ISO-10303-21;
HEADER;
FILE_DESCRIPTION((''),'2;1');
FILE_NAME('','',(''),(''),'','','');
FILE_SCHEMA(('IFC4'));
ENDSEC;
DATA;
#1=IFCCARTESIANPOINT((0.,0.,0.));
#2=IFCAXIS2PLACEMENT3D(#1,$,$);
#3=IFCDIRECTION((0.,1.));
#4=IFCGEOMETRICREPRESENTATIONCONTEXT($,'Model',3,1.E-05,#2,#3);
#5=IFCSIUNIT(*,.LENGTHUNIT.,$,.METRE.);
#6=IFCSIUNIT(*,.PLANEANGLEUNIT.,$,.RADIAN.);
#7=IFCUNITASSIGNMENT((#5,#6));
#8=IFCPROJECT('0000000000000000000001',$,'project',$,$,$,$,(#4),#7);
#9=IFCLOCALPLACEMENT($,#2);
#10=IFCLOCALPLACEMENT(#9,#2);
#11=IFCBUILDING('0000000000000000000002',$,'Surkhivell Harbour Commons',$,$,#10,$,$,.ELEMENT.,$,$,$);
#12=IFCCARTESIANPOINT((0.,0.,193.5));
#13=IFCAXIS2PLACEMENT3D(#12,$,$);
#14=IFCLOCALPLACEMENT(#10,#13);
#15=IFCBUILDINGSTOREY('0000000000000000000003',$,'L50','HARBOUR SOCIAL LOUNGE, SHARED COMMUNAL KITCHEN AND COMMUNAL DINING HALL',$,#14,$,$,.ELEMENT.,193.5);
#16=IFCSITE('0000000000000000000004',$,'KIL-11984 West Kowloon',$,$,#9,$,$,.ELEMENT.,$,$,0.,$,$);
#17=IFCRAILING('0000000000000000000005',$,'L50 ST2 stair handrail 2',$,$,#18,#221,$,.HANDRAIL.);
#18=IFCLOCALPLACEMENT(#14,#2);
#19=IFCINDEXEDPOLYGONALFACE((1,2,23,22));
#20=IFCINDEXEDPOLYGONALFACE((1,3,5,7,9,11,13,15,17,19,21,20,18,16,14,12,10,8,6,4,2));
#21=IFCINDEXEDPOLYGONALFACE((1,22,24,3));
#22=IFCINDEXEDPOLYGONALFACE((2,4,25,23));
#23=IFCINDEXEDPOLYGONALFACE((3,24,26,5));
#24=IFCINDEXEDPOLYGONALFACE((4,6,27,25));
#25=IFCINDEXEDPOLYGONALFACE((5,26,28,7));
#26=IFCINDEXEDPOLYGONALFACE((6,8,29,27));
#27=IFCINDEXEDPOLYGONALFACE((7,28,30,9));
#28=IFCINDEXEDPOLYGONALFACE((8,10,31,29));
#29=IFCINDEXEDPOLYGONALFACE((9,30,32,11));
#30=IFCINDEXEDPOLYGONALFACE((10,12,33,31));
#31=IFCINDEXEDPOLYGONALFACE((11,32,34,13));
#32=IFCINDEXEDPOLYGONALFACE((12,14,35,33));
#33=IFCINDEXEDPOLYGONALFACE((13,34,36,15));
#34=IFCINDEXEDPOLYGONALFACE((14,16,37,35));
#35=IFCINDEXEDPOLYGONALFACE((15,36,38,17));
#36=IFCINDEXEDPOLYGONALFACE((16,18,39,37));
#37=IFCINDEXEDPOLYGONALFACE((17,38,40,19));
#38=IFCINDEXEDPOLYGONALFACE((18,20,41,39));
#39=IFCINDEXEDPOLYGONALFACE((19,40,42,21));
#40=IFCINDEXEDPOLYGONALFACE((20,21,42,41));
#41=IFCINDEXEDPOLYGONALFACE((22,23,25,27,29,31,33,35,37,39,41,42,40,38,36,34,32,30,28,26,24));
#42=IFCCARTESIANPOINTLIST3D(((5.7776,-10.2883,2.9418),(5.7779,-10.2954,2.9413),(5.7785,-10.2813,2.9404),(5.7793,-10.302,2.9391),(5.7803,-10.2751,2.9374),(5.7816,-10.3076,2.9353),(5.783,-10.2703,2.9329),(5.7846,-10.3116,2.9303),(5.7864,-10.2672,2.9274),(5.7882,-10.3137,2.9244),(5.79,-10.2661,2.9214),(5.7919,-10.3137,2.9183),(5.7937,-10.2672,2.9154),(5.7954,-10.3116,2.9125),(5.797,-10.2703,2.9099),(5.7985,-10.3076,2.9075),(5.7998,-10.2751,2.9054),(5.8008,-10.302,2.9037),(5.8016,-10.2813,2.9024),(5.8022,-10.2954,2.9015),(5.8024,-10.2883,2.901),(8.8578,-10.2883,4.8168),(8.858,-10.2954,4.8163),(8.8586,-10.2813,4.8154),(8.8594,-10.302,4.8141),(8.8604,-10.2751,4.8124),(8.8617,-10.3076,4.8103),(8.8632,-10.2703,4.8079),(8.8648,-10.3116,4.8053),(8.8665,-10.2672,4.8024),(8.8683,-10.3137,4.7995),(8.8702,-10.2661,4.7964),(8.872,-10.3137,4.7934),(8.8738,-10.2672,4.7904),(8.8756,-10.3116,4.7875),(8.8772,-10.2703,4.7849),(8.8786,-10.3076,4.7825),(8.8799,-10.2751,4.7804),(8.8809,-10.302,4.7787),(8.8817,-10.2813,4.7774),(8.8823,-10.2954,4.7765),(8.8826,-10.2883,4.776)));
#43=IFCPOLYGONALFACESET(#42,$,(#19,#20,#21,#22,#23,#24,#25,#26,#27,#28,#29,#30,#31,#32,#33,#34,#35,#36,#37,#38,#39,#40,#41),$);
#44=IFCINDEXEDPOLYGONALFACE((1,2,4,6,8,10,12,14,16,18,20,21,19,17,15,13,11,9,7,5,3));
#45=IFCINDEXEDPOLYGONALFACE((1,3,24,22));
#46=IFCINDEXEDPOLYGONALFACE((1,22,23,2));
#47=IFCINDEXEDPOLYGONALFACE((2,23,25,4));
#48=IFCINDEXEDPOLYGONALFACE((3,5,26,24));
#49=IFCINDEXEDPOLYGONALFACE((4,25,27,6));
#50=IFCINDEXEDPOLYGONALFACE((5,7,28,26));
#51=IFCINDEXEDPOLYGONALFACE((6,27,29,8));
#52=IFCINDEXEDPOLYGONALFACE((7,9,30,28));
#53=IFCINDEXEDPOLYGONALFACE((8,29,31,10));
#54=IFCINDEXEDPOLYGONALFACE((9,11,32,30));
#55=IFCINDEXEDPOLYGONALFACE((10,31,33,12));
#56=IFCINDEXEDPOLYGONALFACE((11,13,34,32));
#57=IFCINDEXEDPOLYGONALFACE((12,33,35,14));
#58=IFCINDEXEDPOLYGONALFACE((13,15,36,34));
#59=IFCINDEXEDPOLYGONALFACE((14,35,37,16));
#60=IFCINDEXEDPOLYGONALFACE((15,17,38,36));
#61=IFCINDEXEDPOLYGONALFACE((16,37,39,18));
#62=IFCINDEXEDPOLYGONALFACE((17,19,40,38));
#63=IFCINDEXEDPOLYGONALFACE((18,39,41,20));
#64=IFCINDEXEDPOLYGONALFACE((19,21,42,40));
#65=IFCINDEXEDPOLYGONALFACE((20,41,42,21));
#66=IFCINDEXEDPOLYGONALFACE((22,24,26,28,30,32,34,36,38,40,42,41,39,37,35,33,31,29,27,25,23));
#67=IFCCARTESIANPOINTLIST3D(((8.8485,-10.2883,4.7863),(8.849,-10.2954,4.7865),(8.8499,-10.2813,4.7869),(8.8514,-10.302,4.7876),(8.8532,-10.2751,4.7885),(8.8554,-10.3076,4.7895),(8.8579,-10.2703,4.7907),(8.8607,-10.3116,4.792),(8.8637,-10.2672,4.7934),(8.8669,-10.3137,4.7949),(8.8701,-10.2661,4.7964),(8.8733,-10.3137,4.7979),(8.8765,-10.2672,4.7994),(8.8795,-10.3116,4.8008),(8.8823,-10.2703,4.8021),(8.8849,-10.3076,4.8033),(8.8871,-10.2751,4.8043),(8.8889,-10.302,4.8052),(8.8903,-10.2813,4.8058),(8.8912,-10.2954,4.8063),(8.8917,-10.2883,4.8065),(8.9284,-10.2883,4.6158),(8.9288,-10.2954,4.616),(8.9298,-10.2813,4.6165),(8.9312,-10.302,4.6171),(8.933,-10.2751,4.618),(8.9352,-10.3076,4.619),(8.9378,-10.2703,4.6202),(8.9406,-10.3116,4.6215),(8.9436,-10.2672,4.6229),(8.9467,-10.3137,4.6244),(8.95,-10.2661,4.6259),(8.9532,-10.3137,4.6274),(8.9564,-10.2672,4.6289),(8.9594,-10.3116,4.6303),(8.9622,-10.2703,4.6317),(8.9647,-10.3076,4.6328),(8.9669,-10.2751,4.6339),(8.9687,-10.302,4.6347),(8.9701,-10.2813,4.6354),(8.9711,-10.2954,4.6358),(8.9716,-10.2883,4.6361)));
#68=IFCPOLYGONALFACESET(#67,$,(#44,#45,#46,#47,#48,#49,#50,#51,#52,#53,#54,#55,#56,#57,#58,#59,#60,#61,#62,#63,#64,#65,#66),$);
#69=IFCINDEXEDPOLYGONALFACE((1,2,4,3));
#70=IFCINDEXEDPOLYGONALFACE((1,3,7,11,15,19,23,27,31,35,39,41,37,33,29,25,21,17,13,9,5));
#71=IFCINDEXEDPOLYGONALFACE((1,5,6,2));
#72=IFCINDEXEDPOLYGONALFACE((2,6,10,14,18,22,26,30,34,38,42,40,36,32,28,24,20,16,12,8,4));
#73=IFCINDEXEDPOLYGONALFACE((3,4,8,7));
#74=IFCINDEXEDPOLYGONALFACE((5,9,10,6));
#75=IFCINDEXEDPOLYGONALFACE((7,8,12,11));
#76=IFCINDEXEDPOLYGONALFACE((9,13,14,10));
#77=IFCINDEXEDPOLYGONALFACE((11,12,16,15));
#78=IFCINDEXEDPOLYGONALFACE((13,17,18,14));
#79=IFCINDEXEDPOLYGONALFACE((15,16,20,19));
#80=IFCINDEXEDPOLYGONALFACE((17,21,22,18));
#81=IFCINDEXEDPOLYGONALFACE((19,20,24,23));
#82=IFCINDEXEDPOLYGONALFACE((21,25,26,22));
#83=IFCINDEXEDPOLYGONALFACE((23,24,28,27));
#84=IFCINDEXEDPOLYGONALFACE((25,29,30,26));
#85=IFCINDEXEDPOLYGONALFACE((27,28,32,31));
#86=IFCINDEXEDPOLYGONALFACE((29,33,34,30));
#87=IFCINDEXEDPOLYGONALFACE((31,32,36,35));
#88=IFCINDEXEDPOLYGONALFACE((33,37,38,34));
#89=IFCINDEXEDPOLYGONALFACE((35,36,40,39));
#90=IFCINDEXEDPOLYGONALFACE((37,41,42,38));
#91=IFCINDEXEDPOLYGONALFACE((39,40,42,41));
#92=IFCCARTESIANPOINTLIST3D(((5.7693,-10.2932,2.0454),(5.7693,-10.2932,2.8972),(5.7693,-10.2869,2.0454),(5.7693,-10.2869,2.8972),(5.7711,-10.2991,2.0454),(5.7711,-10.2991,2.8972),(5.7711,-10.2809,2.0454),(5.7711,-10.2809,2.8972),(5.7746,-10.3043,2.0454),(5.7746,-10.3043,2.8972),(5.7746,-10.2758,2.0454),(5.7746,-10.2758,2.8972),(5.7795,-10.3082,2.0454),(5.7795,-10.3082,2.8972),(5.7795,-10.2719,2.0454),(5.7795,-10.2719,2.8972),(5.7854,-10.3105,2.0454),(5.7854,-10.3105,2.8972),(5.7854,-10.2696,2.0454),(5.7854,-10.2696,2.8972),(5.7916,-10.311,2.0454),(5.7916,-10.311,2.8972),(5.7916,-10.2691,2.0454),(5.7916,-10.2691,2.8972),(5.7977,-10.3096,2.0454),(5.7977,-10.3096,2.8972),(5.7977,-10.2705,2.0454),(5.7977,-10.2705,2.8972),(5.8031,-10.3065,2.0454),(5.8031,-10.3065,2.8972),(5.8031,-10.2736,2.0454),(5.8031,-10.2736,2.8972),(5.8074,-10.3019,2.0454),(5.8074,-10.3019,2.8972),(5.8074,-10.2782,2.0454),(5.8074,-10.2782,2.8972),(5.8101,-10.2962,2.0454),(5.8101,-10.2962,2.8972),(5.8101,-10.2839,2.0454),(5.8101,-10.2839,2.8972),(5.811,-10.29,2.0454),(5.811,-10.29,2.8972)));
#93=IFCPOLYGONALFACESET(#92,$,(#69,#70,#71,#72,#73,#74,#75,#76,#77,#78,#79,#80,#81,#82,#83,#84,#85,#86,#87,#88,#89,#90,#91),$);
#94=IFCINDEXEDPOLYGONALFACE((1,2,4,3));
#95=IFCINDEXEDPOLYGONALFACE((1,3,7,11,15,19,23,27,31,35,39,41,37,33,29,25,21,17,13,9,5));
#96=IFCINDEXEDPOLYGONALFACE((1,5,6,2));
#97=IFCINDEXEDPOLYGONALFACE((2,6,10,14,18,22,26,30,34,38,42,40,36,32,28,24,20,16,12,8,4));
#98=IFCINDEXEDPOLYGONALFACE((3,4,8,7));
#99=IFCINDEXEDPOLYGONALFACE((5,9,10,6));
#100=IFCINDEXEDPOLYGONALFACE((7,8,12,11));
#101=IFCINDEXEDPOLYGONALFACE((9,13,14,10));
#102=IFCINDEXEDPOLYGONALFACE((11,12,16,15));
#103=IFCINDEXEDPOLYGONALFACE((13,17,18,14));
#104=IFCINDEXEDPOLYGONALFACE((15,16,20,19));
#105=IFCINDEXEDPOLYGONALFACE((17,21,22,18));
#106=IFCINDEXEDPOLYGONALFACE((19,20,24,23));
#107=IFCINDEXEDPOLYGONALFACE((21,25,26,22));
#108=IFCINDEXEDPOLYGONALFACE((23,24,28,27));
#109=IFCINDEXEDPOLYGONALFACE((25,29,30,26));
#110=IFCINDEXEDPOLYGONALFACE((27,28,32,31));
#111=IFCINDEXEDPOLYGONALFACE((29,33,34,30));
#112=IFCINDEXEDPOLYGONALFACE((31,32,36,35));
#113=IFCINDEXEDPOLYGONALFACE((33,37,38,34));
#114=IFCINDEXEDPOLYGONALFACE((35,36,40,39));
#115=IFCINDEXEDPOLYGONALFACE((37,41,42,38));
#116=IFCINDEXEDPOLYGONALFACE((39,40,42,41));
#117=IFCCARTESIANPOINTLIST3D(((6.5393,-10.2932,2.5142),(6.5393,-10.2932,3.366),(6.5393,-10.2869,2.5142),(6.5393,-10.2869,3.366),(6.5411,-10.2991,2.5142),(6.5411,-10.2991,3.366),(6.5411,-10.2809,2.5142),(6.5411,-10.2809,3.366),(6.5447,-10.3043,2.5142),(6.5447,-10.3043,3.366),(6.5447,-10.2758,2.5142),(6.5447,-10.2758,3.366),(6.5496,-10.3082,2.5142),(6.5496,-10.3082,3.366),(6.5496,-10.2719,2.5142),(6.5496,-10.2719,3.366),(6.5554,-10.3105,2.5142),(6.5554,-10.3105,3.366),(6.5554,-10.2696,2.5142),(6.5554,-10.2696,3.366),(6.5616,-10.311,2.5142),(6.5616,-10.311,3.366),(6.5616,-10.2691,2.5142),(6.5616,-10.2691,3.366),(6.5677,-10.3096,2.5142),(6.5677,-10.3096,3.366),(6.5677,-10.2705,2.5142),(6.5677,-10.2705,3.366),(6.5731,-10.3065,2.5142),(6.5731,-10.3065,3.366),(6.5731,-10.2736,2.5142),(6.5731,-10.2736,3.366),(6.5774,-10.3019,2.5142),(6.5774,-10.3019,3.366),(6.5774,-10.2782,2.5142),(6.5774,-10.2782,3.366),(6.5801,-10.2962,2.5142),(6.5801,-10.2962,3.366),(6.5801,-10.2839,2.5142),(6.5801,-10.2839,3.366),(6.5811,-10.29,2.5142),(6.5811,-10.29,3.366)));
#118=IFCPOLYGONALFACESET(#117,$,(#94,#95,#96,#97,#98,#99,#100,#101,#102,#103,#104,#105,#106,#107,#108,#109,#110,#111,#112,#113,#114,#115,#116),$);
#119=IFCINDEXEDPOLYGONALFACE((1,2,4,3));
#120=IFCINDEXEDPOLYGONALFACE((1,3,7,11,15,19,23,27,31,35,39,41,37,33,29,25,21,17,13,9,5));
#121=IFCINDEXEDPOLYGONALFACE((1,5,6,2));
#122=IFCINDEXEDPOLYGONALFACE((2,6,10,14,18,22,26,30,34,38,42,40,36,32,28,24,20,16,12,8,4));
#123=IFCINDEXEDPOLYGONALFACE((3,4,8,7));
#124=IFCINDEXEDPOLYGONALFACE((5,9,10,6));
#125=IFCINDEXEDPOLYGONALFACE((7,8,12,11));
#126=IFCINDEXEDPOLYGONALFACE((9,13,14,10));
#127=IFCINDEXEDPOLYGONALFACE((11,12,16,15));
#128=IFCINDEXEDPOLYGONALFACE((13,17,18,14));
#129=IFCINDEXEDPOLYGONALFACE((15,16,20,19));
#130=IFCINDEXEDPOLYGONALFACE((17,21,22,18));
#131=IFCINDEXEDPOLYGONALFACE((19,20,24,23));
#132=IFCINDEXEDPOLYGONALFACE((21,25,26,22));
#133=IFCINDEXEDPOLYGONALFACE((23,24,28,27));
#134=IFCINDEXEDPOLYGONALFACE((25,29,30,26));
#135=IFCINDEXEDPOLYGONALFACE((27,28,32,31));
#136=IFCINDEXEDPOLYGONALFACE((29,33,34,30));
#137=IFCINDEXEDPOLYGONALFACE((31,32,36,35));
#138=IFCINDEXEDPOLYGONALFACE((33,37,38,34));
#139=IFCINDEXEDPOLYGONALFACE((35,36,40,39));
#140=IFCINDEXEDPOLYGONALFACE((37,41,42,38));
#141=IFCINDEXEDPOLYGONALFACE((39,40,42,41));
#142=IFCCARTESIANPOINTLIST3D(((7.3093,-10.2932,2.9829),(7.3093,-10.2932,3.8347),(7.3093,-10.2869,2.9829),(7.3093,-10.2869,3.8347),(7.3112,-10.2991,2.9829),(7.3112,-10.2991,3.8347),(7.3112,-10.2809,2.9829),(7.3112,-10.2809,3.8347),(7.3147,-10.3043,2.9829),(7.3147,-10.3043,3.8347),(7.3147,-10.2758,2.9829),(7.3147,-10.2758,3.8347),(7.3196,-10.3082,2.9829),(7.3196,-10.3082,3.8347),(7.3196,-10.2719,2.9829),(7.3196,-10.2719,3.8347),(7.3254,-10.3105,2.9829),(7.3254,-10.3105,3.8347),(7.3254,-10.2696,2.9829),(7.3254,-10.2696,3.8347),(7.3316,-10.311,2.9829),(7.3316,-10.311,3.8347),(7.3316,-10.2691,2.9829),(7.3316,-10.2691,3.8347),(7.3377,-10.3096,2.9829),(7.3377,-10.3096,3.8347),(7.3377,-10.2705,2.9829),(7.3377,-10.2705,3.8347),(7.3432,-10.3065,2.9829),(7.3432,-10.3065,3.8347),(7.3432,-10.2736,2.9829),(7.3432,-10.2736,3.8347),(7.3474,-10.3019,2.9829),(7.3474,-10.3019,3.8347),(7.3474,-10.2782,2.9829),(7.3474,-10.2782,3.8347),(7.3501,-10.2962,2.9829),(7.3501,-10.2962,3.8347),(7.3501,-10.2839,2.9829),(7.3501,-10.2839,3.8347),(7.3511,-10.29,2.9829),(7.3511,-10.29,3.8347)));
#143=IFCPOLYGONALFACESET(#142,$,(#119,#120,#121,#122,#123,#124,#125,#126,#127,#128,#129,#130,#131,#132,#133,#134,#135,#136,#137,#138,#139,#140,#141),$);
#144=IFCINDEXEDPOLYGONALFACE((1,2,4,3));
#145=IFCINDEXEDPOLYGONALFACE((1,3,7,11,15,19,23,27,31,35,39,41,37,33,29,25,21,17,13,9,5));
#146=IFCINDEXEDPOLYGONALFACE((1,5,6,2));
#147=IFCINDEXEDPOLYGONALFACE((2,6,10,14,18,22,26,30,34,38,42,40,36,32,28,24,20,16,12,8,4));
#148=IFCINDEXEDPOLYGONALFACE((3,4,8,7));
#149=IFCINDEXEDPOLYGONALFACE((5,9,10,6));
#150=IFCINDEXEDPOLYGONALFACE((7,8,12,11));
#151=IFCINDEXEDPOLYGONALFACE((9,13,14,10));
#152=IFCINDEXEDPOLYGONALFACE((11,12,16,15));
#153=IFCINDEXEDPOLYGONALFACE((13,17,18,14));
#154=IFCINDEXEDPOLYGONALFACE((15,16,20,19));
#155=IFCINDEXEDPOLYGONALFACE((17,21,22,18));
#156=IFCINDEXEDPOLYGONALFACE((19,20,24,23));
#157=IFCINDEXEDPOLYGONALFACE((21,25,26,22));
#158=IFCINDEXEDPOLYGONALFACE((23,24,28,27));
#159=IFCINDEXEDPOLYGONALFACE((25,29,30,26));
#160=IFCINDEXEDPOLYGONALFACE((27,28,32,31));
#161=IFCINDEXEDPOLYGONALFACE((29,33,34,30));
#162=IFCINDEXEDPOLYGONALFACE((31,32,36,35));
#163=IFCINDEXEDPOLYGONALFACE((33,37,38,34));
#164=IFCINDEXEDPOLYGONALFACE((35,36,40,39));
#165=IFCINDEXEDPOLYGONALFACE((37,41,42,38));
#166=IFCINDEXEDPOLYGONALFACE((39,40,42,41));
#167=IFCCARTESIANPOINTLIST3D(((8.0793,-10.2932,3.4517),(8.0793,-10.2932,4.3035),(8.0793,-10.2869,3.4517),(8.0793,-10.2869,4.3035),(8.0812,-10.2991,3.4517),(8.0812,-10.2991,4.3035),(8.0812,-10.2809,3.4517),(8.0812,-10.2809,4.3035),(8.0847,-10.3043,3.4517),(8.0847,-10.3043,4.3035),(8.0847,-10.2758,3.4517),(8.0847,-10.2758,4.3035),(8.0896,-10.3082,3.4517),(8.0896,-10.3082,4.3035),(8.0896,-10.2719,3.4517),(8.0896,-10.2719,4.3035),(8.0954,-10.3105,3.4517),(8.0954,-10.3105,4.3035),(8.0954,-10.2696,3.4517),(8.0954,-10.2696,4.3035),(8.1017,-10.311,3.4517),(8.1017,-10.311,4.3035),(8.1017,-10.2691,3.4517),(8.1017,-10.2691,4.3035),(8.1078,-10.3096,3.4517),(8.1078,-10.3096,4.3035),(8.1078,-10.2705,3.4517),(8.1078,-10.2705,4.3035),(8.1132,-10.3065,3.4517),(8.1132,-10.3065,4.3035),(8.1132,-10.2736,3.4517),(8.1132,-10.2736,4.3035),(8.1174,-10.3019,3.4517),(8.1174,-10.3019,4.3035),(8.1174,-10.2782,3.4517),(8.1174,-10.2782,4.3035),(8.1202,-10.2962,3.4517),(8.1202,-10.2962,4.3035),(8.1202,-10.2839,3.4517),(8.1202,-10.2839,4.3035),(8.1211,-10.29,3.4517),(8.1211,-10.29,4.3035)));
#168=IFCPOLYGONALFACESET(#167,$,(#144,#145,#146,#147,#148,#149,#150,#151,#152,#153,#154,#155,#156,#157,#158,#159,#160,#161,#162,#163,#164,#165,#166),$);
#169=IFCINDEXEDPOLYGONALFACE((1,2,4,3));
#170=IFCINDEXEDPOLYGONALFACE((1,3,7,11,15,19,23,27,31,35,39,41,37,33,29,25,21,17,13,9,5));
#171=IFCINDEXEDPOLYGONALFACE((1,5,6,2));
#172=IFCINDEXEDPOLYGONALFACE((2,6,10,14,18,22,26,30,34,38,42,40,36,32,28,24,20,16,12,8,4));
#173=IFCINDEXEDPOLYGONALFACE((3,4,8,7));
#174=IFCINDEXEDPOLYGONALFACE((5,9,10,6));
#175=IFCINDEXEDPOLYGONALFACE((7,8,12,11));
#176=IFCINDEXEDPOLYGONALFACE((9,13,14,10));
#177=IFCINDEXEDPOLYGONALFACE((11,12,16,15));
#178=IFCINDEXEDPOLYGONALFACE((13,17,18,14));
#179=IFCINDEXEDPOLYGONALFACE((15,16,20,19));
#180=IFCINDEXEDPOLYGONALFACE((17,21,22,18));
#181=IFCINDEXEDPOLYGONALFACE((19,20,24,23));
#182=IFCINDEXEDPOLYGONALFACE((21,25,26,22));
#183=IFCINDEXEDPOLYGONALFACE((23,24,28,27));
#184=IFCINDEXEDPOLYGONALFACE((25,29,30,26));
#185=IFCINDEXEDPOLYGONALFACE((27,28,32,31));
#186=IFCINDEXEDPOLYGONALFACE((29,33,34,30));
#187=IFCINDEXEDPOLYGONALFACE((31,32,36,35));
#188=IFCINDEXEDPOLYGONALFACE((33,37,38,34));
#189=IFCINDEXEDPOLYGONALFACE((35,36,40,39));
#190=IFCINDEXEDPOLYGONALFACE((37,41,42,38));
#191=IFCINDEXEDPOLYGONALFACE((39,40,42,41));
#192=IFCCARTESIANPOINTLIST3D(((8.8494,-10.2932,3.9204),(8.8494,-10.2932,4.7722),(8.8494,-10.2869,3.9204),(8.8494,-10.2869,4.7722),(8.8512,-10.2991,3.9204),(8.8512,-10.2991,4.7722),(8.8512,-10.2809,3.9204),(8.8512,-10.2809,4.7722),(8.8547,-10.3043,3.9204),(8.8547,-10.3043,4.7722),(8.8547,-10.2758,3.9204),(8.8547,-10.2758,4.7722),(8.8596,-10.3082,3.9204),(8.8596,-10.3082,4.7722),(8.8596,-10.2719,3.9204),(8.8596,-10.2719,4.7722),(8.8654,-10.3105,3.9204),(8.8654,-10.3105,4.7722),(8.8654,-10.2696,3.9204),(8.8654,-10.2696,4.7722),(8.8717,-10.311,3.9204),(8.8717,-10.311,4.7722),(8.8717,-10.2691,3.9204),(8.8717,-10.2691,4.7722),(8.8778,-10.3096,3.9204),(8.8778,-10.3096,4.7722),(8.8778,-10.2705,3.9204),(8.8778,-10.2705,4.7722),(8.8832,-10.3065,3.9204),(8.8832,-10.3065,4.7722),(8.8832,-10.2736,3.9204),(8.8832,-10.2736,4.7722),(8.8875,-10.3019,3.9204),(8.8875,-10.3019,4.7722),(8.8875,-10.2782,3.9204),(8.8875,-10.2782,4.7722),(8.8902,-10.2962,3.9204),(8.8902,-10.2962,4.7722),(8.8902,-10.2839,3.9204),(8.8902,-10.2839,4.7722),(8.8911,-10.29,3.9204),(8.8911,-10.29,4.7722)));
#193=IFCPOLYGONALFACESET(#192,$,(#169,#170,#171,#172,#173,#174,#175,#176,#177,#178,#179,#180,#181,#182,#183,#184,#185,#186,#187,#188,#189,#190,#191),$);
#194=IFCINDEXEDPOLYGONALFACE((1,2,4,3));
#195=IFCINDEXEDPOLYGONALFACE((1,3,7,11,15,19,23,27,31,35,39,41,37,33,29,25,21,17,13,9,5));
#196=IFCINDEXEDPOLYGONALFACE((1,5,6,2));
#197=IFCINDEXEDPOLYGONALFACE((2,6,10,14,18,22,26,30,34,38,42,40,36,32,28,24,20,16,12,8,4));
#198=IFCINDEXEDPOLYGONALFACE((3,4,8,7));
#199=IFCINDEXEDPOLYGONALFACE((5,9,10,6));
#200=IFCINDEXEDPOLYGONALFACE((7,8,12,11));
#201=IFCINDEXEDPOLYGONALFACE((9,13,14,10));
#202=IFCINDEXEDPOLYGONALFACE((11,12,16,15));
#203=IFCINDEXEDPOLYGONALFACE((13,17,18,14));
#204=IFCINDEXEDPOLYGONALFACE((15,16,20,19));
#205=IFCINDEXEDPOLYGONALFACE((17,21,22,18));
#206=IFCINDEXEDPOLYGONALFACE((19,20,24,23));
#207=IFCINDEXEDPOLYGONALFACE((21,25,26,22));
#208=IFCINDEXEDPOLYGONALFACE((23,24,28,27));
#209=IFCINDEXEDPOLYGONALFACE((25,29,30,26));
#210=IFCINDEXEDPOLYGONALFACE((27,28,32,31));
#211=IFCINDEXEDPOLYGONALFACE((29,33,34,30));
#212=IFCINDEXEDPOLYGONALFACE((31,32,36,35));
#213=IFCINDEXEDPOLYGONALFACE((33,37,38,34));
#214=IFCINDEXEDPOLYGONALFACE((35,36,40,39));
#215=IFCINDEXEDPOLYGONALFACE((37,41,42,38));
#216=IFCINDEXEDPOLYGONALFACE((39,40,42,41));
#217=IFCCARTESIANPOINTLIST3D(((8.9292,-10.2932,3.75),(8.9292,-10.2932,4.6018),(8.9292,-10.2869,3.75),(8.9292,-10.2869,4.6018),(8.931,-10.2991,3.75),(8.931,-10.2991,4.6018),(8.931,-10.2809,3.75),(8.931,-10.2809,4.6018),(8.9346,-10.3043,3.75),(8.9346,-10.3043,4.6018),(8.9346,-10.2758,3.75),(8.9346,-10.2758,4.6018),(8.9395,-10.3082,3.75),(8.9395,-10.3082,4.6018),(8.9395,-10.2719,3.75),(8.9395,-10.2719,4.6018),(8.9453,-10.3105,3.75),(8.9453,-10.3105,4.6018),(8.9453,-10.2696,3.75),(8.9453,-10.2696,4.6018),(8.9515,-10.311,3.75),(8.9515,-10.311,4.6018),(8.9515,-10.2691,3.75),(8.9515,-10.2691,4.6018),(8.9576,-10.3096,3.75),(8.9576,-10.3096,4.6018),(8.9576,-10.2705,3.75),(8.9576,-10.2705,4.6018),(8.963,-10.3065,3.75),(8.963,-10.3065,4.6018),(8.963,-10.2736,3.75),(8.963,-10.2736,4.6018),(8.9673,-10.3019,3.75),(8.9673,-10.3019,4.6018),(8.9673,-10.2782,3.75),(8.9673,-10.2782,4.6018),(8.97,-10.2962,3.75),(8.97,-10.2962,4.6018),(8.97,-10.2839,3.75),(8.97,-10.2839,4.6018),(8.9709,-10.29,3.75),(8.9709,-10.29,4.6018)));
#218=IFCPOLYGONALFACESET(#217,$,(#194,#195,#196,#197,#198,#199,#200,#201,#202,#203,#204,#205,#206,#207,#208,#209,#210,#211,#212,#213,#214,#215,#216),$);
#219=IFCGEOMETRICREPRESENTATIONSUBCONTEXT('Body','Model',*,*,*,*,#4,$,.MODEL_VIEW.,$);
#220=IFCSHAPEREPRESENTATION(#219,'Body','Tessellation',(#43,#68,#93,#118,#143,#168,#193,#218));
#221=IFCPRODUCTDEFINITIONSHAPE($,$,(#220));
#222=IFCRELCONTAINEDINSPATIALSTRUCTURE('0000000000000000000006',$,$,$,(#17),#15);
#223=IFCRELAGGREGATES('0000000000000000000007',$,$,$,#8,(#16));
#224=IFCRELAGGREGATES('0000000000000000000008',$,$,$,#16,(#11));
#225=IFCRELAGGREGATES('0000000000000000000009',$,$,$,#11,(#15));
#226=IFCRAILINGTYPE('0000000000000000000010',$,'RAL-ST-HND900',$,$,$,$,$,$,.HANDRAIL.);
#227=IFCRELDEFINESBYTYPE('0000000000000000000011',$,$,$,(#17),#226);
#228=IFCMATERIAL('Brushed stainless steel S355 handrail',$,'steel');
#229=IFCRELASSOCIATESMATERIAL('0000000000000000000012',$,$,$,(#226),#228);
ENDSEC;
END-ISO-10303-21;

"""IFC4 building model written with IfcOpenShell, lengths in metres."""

from ifc_helpers import new_model, si_unit, direction, frame, origin, origin_2d, place, context, subcontext, project, spatial, circle, extrude, material, type_object, element, save


model = new_model("IFC4")

# Units and contexts
model_context = context("Model", 3, precision=1e-05, world=origin(), true_north=direction((0.0, 1.0)))
body_context = subcontext(model_context, "Body", "Model", "MODEL_VIEW")
ifc_project = project(units=[si_unit("LENGTHUNIT", "METRE"), si_unit("PLANEANGLEUNIT", "RADIAN")], contexts=[model_context])

# Site, building, storey
site_placement = place(None, origin())
site = spatial("IfcSite", under=ifc_project, at=site_placement, Name="KIL-11984 West Kowloon", CompositionType="ELEMENT", RefElevation=0.0)
building_placement = place(site_placement, origin())
building = spatial("IfcBuilding", under=site, at=building_placement, Name="Surkhivell Harbour Commons", CompositionType="ELEMENT")
storey_placement = place(building_placement, frame((0.0, 0.0, 193.5)))
storey = spatial("IfcBuildingStorey", under=building, at=storey_placement, Name="L50", Description="HARBOUR SOCIAL LOUNGE, SHARED COMMUNAL KITCHEN AND COMMUNAL DINING HALL", CompositionType="ELEMENT", Elevation=193.5)

# Railing
ifc_material_1 = material(Name="Brushed stainless steel S355 handrail", Category="steel")
railing_type_1 = type_object("IfcRailingType", Name="RAL-ST-HND900", PredefinedType="HANDRAIL", material=ifc_material_1)
railing_1_placement = place(storey_placement, frame((5.79, -10.29, 2.0454)))
element("IfcRailing", 1, at=railing_1_placement, inside=storey, type_object=railing_type_1, Name="L50 ST2 stair handrail 2", PredefinedType="HANDRAIL", context=body_context, shape_type="SweptSolid", body=[
    extrude(circle(Radius=0.0239, at=origin_2d()), frame((0.0, 0.0, 0.876), z_axis=(0.854178, 0.0, 0.519981), x_axis=(0.0, 1.0, 0.0)), (0.0, 0.0, 1.0), 3.606),
    extrude(circle(Radius=0.0239, at=origin_2d()), frame((3.0801, 0.0, 2.751), z_axis=(0.424234, 0.0, -0.905552), x_axis=(0.0, 1.0, 0.0)), (0.0, 0.0, 1.0), 0.1882),
    extrude(circle(Radius=0.021, at=origin_2d()), origin(), (0.0, 0.0, 1.0), 0.8518),
    extrude(circle(Radius=0.021, at=origin_2d()), frame((0.77, 0.0, 0.4688)), (0.0, 0.0, 1.0), 0.8518),
    extrude(circle(Radius=0.021, at=origin_2d()), frame((1.54, 0.0, 0.9375)), (0.0, 0.0, 1.0), 0.8518),
    extrude(circle(Radius=0.021, at=origin_2d()), frame((2.3101, 0.0, 1.4062)), (0.0, 0.0, 1.0), 0.8518),
    extrude(circle(Radius=0.021, at=origin_2d()), frame((3.0801, 0.0, 1.875)), (0.0, 0.0, 1.0), 0.8518),
    extrude(circle(Radius=0.021, at=origin_2d()), frame((3.1599, 0.0, 1.7046)), (0.0, 0.0, 1.0), 0.8518),
])

save(model, "model.ifc")
